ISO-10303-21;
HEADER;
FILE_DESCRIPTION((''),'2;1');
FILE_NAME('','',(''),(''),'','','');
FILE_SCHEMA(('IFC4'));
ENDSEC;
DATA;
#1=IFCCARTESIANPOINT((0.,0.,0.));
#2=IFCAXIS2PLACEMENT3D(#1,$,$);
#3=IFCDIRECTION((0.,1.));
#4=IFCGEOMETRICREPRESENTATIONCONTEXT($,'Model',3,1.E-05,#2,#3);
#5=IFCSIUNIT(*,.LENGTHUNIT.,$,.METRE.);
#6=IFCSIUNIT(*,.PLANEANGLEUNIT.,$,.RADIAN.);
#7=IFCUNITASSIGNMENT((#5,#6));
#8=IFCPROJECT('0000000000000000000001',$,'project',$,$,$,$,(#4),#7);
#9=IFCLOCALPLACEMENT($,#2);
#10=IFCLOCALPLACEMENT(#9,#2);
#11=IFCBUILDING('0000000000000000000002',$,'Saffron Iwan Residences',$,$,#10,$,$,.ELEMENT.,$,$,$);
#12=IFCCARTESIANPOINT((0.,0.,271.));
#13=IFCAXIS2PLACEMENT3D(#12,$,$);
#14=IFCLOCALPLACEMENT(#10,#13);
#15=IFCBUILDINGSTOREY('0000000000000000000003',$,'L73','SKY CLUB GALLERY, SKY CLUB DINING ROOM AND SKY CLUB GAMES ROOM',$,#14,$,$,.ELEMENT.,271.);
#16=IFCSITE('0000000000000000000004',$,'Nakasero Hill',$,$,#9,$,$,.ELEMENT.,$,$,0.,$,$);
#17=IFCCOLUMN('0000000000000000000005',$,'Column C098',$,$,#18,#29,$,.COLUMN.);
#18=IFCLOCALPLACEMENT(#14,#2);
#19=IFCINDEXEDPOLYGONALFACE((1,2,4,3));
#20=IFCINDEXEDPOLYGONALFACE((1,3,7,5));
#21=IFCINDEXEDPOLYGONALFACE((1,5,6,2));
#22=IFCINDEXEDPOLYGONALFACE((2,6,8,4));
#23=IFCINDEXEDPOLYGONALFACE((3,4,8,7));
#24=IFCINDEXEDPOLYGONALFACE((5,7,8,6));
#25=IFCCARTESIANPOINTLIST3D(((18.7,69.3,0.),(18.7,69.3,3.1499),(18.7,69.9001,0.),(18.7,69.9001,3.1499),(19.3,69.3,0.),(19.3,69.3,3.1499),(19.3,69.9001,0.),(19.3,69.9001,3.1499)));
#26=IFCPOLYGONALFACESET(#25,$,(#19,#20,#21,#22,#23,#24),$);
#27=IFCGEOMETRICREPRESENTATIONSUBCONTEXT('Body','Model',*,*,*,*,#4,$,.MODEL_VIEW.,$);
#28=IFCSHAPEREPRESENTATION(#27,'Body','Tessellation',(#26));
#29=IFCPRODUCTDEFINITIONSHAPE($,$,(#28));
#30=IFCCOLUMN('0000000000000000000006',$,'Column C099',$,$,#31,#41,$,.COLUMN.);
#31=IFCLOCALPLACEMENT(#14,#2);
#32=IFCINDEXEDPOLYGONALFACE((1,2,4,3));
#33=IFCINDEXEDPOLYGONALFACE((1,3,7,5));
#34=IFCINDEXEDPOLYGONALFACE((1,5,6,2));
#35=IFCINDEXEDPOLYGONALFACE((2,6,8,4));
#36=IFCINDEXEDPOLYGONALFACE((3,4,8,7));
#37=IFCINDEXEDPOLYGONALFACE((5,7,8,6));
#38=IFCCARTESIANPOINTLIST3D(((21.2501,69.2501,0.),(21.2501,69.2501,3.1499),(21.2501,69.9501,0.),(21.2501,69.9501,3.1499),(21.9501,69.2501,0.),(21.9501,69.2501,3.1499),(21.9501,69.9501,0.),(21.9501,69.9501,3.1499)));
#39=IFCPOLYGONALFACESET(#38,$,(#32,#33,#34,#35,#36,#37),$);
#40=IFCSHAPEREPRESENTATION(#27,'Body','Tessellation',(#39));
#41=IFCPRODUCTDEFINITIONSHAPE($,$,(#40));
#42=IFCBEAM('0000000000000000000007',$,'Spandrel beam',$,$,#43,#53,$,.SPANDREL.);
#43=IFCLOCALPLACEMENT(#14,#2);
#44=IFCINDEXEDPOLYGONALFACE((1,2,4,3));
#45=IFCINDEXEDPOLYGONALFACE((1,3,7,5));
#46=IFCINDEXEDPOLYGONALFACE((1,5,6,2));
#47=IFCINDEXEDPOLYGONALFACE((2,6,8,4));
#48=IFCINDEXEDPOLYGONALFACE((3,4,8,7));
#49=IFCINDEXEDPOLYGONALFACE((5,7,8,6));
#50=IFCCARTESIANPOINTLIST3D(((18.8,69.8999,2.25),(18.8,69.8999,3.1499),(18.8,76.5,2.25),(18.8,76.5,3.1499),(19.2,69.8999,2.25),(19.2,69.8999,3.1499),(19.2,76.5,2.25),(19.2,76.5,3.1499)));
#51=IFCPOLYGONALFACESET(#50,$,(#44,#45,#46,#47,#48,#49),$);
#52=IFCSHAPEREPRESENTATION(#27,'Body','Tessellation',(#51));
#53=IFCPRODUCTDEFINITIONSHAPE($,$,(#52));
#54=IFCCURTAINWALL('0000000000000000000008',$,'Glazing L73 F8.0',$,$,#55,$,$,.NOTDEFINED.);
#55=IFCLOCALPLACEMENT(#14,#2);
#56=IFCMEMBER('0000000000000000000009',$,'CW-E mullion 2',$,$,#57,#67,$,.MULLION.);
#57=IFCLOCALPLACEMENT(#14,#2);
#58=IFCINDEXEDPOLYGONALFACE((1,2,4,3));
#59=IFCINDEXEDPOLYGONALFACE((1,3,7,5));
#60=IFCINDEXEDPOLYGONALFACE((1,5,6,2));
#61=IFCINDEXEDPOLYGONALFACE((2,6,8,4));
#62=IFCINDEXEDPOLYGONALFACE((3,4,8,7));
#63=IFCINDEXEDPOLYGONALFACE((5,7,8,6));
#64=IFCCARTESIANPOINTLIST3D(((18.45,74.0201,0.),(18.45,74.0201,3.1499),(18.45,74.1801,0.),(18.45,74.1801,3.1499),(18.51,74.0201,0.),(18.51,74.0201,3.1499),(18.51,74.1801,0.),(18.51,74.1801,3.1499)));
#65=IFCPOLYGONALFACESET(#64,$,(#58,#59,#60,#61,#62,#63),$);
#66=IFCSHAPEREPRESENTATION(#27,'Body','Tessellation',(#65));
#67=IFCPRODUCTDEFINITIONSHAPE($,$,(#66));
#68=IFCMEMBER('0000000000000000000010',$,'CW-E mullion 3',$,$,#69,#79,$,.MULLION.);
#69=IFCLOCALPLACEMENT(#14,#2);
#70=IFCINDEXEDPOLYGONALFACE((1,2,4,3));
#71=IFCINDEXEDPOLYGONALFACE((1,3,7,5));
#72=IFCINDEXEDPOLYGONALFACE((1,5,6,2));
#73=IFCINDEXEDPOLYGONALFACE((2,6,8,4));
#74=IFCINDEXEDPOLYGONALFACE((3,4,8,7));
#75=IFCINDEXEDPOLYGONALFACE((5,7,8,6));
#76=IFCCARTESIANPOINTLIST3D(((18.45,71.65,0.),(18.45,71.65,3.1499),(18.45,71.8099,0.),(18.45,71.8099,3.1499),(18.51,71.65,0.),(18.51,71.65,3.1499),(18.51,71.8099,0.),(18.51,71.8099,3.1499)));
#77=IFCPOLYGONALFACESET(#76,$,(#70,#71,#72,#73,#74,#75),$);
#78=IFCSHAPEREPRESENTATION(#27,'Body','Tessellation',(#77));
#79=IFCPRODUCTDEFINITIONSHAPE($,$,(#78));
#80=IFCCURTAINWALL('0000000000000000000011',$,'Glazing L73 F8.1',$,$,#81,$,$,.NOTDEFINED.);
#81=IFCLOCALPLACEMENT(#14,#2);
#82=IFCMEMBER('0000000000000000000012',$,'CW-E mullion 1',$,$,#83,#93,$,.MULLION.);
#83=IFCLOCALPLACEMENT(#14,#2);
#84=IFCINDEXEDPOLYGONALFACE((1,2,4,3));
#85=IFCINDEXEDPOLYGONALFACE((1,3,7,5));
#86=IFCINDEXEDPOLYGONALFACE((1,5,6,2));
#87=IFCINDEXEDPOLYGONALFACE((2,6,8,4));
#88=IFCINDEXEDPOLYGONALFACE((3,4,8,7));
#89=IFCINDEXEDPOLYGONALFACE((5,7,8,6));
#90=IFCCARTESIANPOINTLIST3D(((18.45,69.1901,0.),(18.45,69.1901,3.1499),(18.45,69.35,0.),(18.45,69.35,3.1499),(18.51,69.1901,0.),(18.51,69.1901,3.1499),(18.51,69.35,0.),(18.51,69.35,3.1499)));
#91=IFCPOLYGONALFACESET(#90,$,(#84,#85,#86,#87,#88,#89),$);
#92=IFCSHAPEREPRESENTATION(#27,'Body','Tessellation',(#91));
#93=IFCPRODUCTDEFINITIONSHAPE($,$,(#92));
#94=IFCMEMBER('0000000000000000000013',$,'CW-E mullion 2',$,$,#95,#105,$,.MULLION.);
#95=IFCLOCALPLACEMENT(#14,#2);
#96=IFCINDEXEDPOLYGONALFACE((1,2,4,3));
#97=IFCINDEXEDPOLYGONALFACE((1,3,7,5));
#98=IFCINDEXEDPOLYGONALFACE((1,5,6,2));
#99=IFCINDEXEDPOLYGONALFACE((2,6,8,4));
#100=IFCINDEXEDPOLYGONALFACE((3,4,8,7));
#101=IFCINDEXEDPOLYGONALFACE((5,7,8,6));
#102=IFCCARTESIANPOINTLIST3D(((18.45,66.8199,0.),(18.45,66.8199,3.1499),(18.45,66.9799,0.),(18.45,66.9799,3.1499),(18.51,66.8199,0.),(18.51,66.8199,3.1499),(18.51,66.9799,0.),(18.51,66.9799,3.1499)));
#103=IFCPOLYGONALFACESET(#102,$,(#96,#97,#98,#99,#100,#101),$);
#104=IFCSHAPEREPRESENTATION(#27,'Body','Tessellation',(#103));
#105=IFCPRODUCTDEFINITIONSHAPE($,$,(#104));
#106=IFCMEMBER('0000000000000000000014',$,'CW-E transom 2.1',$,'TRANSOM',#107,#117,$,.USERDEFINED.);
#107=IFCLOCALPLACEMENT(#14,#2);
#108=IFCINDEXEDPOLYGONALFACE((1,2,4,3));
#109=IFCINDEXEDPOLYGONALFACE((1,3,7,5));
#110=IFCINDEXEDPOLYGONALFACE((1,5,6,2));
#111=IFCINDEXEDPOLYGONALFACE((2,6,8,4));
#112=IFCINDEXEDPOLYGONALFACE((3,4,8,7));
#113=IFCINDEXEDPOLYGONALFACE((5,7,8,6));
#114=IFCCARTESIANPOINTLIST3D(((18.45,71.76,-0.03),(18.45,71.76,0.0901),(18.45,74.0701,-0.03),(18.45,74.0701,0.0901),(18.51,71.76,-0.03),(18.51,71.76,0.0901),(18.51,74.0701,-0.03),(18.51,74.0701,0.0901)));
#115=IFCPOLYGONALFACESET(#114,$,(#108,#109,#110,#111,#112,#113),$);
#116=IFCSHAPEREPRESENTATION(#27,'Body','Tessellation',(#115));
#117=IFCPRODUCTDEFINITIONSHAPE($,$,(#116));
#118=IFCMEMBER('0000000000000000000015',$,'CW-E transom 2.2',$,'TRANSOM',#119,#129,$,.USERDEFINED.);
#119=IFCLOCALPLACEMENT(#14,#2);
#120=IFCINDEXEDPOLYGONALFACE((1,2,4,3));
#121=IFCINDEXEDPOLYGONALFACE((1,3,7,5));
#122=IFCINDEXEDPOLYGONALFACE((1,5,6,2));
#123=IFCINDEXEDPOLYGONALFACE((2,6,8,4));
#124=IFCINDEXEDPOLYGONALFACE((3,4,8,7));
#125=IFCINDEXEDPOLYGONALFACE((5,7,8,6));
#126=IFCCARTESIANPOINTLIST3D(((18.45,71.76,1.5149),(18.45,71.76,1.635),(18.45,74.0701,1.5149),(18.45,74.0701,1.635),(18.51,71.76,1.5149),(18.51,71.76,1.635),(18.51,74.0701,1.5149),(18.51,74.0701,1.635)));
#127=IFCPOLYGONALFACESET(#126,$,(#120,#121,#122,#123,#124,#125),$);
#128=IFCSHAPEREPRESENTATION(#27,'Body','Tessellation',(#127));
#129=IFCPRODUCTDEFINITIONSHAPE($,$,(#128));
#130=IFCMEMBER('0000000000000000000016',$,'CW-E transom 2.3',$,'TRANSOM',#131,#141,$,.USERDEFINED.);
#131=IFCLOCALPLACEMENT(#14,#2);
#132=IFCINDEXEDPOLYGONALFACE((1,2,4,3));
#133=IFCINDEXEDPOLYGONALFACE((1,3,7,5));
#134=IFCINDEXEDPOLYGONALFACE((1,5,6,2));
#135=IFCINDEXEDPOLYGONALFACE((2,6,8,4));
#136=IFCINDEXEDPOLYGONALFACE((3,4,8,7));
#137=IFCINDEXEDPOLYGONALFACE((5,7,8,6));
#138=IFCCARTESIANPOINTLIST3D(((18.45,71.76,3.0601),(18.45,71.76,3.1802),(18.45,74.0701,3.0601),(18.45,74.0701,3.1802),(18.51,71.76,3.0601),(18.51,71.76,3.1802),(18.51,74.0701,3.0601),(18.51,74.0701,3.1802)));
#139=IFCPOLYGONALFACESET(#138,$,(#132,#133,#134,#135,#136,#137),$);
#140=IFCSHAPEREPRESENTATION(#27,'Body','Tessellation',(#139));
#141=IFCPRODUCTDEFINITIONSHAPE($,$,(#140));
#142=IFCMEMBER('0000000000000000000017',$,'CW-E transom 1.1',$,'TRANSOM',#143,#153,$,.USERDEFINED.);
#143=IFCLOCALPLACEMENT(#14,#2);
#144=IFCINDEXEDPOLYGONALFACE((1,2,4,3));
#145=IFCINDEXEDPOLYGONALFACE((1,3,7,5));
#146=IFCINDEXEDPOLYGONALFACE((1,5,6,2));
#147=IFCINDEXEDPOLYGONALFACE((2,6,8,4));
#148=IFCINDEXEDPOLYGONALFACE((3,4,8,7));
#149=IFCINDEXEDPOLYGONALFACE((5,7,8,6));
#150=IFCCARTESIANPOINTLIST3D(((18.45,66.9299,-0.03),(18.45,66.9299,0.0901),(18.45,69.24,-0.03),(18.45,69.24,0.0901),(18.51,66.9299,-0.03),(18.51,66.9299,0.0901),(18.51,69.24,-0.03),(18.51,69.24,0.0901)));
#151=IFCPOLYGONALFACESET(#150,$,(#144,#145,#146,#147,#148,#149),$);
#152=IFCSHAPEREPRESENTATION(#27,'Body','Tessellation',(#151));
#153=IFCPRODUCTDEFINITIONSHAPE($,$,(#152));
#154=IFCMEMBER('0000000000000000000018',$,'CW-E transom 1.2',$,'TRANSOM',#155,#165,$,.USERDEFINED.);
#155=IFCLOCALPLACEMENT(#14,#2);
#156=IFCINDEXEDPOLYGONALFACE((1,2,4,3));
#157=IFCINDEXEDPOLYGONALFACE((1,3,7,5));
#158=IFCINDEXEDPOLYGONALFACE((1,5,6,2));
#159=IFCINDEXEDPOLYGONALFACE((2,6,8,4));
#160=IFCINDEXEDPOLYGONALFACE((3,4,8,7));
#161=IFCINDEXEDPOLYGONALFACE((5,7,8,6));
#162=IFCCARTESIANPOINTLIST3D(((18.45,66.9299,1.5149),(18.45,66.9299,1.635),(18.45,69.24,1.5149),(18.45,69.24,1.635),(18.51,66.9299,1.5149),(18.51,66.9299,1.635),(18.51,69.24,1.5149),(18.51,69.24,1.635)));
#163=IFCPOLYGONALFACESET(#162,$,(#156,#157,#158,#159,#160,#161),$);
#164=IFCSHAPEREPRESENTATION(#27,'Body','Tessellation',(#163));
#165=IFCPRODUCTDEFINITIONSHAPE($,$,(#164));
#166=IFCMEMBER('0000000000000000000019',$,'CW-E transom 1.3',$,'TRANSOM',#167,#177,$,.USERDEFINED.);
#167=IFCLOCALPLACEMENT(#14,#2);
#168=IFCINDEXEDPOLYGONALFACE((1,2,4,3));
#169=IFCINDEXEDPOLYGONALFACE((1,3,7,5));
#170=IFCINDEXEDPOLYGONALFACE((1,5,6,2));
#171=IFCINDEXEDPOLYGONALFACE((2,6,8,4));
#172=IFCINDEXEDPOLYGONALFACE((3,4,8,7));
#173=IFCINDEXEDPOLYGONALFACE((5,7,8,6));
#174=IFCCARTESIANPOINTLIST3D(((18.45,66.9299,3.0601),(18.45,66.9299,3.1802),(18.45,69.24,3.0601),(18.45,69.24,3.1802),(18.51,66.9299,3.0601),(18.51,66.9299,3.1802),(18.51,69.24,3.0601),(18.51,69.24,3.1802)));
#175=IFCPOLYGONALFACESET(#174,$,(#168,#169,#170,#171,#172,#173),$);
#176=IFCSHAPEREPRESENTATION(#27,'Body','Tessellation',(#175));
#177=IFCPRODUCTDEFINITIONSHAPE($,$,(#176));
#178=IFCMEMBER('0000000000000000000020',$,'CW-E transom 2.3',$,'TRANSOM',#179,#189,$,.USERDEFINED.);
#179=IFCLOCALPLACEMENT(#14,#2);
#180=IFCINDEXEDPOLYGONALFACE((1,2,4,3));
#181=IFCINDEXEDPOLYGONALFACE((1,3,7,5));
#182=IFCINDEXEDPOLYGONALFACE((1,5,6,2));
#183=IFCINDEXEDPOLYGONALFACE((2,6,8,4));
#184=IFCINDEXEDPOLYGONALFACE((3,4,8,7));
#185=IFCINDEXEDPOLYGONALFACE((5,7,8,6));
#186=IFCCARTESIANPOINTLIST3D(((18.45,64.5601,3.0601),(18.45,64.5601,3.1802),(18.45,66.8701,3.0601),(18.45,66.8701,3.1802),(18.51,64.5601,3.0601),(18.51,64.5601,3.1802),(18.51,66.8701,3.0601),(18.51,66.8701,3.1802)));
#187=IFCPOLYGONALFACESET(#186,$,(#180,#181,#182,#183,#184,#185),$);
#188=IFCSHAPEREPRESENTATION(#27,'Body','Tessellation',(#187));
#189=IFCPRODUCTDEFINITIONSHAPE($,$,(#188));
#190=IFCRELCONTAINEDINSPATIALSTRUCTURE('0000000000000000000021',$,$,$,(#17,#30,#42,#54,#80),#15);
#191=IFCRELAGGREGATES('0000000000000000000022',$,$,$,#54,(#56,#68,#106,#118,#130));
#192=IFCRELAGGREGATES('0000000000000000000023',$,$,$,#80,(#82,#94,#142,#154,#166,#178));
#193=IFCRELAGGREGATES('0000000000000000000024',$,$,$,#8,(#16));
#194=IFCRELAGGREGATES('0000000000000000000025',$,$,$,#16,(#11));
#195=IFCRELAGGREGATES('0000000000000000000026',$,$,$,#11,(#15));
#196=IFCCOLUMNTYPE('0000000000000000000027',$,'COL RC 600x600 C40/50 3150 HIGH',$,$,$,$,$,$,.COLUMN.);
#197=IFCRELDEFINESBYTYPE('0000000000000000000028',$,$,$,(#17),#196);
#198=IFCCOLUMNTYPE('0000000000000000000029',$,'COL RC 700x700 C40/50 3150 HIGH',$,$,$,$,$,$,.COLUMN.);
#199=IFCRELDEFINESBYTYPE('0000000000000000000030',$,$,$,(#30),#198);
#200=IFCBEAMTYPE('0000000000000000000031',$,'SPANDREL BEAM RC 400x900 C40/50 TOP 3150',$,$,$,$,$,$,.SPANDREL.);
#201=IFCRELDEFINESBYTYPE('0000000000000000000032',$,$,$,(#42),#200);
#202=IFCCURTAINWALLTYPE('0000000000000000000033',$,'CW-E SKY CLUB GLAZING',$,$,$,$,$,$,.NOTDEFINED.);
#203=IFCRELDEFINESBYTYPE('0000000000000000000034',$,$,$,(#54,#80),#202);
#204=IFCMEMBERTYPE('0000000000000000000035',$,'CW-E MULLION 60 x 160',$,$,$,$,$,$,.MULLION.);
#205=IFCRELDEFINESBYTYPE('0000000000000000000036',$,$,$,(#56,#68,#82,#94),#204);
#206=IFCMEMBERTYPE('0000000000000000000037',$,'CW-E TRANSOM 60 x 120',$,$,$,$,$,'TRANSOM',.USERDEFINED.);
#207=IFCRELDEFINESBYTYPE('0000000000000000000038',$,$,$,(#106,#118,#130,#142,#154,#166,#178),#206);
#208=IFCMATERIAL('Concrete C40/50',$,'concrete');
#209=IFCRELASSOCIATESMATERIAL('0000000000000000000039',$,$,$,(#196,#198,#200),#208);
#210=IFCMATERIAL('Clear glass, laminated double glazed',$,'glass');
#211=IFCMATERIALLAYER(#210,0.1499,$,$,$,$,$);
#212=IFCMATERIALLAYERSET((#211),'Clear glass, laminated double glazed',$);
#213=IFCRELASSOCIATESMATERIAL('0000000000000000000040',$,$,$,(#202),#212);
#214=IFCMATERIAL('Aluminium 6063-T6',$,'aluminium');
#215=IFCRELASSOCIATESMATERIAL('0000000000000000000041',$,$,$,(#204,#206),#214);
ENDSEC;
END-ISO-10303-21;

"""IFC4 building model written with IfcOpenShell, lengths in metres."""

from ifc_helpers import new_model, si_unit, direction, frame, origin, origin_2d, place, context, subcontext, project, spatial, rectangle, extrude, source, transform, mapped, material, layer, layer_set, material_profile, profile_set, type_object, element, aggregate, save


model = new_model("IFC4")

# Units and contexts
model_context = context("Model", 3, precision=1e-05, world=origin(), true_north=direction((0.0, 1.0)))
body_context = subcontext(model_context, "Body", "Model", "MODEL_VIEW")
ifc_project = project(units=[si_unit("LENGTHUNIT", "METRE"), si_unit("PLANEANGLEUNIT", "RADIAN")], contexts=[model_context])

# Site, building, storey
site_placement = place(None, origin())
site = spatial("IfcSite", under=ifc_project, at=site_placement, Name="Nakasero Hill", CompositionType="ELEMENT", RefElevation=0.0)
building_placement = place(site_placement, origin())
building = spatial("IfcBuilding", under=site, at=building_placement, Name="Saffron Iwan Residences", CompositionType="ELEMENT")
storey_placement = place(building_placement, frame((0.0, 0.0, 271.0)))
storey = spatial("IfcBuildingStorey", under=building, at=storey_placement, Name="L73", Description="SKY CLUB GALLERY, SKY CLUB DINING ROOM AND SKY CLUB GAMES ROOM", CompositionType="ELEMENT", Elevation=271.0)

# Columns
ifc_material_1 = material(Name="Concrete C40/50", Category="concrete")
ifc_material_profile_1 = material_profile(ifc_material_1, rectangle(XDim=0.6001, YDim=0.6001, at=origin_2d()), Name="RC 600x600")
ifc_profile_set_1 = profile_set([ifc_material_profile_1], Name="Concrete C40/50")
column_type_1 = type_object("IfcColumnType", Name="COL RC 600x600 C40/50 3150 HIGH", PredefinedType="COLUMN", material=ifc_profile_set_1)
shared_shape_1 = source(origin(), body_context, "Body", "SweptSolid", [
    extrude(rectangle(XDim=0.6001, YDim=0.6001, at=origin_2d()), origin(), (0.0, 0.0, 1.0), 3.1499),
])
column_1_placement = place(storey_placement, frame((19.0, 69.6001, 0.0), z_axis=(0.0, 0.0, 1.0), x_axis=(1.0, 0.0, 0.0)))
element("IfcColumn", 1, at=column_1_placement, inside=storey, type_object=column_type_1, Name="Column C098", PredefinedType="COLUMN", context=body_context, shape_type="MappedRepresentation", body=[
    mapped(shared_shape_1, transform((0.0, 0.0, 0.0))),
])
ifc_material_profile_2 = material_profile(ifc_material_1, rectangle(XDim=0.7, YDim=0.7, at=origin_2d()), Name="RC 700x700")
ifc_profile_set_2 = profile_set([ifc_material_profile_2], Name="Concrete C40/50")
column_type_2 = type_object("IfcColumnType", Name="COL RC 700x700 C40/50 3150 HIGH", PredefinedType="COLUMN", material=ifc_profile_set_2)
shared_shape_2 = source(origin(), body_context, "Body", "SweptSolid", [
    extrude(rectangle(XDim=0.7, YDim=0.7, at=origin_2d()), origin(), (0.0, 0.0, 1.0), 3.1499),
])
column_2_placement = place(storey_placement, frame((21.6001, 69.6001, 0.0), z_axis=(0.0, 0.0, 1.0), x_axis=(1.0, 0.0, 0.0)))
element("IfcColumn", 2, at=column_2_placement, inside=storey, type_object=column_type_2, Name="Column C099", PredefinedType="COLUMN", context=body_context, shape_type="MappedRepresentation", body=[
    mapped(shared_shape_2, transform((0.0, 0.0, 0.0))),
])

# Beam
ifc_material_profile_3 = material_profile(ifc_material_1, rectangle(XDim=0.3999, YDim=0.8999, at=origin_2d()), Name="RC 400x900")
ifc_profile_set_3 = profile_set([ifc_material_profile_3], Name="Concrete C40/50")
beam_type = type_object("IfcBeamType", Name="SPANDREL BEAM RC 400x900 C40/50 TOP 3150", PredefinedType="SPANDREL", material=ifc_profile_set_3)
shared_shape_3 = source(origin(), body_context, "Body", "SweptSolid", [
    extrude(rectangle(XDim=0.3999, YDim=0.8999, at=origin_2d()), origin(), (0.0, 0.0, 1.0), 6.6001),
])
beam_placement = place(storey_placement, frame((19.0, 69.8999, 2.7), z_axis=(0.0, 1.0, 0.0), x_axis=(-1.0, 0.0, 0.0)))
element("IfcBeam", 3, at=beam_placement, inside=storey, type_object=beam_type, Name="Spandrel beam", PredefinedType="SPANDREL", context=body_context, shape_type="MappedRepresentation", body=[
    mapped(shared_shape_3, transform((0.0, 0.0, 0.0))),
])

# Curtain walls, members
ifc_material_2 = material(Name="Clear glass, laminated double glazed", Category="glass")
ifc_layer_1 = layer(ifc_material_2, 0.1499)
ifc_layer_set_1 = layer_set([ifc_layer_1], Name="Clear glass, laminated double glazed")
curtain_wall_type = type_object("IfcCurtainWallType", Name="CW-E SKY CLUB GLAZING", PredefinedType="NOTDEFINED", material=ifc_layer_set_1)
curtain_wall_1_placement = place(storey_placement, origin())
curtain_wall_1 = element("IfcCurtainWall", 4, at=curtain_wall_1_placement, inside=storey, type_object=curtain_wall_type, Name="Glazing L73 F8.0", PredefinedType="NOTDEFINED")
ifc_material_3 = material(Name="Aluminium 6063-T6", Category="aluminium")
ifc_material_profile_4 = material_profile(ifc_material_3, rectangle(XDim=0.0601, YDim=0.1599, at=origin_2d()), Name="CW-E MULLION 60 x 160")
ifc_profile_set_4 = profile_set([ifc_material_profile_4], Name="Aluminium 6063-T6")
member_type_1 = type_object("IfcMemberType", Name="CW-E MULLION 60 x 160", PredefinedType="MULLION", material=ifc_profile_set_4)
shared_shape_4 = source(origin(), body_context, "Body", "SweptSolid", [
    extrude(rectangle(XDim=0.0601, YDim=0.1599, at=origin_2d()), origin(), (0.0, 0.0, 1.0), 3.1499),
])
member_1_placement = place(storey_placement, frame((18.48, 74.1001, 0.0), z_axis=(0.0, 0.0, 1.0), x_axis=(1.0, 0.0, 0.0)))
member_1 = element("IfcMember", 5, at=member_1_placement, type_object=member_type_1, Name="CW-E mullion 2", PredefinedType="MULLION", context=body_context, shape_type="MappedRepresentation", body=[
    mapped(shared_shape_4, transform((0.0, 0.0, 0.0))),
])
member_2_placement = place(storey_placement, frame((18.48, 71.73, 0.0), z_axis=(0.0, 0.0, 1.0), x_axis=(1.0, 0.0, 0.0)))
member_2 = element("IfcMember", 6, at=member_2_placement, type_object=member_type_1, Name="CW-E mullion 3", PredefinedType="MULLION", context=body_context, shape_type="MappedRepresentation", body=[
    mapped(shared_shape_4, transform((0.0, 0.0, 0.0))),
])
curtain_wall_2_placement = place(storey_placement, origin())
curtain_wall_2 = element("IfcCurtainWall", 7, at=curtain_wall_2_placement, inside=storey, type_object=curtain_wall_type, Name="Glazing L73 F8.1", PredefinedType="NOTDEFINED")
member_3_placement = place(storey_placement, frame((18.48, 69.27, 0.0), z_axis=(0.0, 0.0, 1.0), x_axis=(1.0, 0.0, 0.0)))
member_3 = element("IfcMember", 8, at=member_3_placement, type_object=member_type_1, Name="CW-E mullion 1", PredefinedType="MULLION", context=body_context, shape_type="MappedRepresentation", body=[
    mapped(shared_shape_4, transform((0.0, 0.0, 0.0))),
])
member_4_placement = place(storey_placement, frame((18.48, 66.8999, 0.0), z_axis=(0.0, 0.0, 1.0), x_axis=(1.0, 0.0, 0.0)))
member_4 = element("IfcMember", 9, at=member_4_placement, type_object=member_type_1, Name="CW-E mullion 2", PredefinedType="MULLION", context=body_context, shape_type="MappedRepresentation", body=[
    mapped(shared_shape_4, transform((0.0, 0.0, 0.0))),
])

# Members
ifc_material_profile_5 = material_profile(ifc_material_3, rectangle(XDim=0.0601, YDim=0.1201, at=origin_2d()), Name="CW-E TRANSOM 60 x 120")
ifc_profile_set_5 = profile_set([ifc_material_profile_5], Name="Aluminium 6063-T6")
member_type_2 = type_object("IfcMemberType", Name="CW-E TRANSOM 60 x 120", ElementType="TRANSOM", PredefinedType="USERDEFINED", material=ifc_profile_set_5)
shared_shape_5 = source(origin(), body_context, "Body", "SweptSolid", [
    extrude(rectangle(XDim=0.0601, YDim=0.1201, at=origin_2d()), origin(), (0.0, 0.0, 1.0), 2.3101),
])
member_5_placement = place(storey_placement, frame((18.48, 74.0701, 0.03), z_axis=(0.0, -1.0, 0.0), x_axis=(1.0, 0.0, 0.0)))
member_5 = element("IfcMember", 10, at=member_5_placement, type_object=member_type_2, Name="CW-E transom 2.1", ObjectType="TRANSOM", PredefinedType="USERDEFINED", context=body_context, shape_type="MappedRepresentation", body=[
    mapped(shared_shape_5, transform((0.0, 0.0, 0.0))),
])
member_6_placement = place(storey_placement, frame((18.48, 74.0701, 1.575), z_axis=(0.0, -1.0, 0.0), x_axis=(1.0, 0.0, 0.0)))
member_6 = element("IfcMember", 11, at=member_6_placement, type_object=member_type_2, Name="CW-E transom 2.2", ObjectType="TRANSOM", PredefinedType="USERDEFINED", context=body_context, shape_type="MappedRepresentation", body=[
    mapped(shared_shape_5, transform((0.0, 0.0, 0.0))),
])
member_7_placement = place(storey_placement, frame((18.48, 74.0701, 3.1201), z_axis=(0.0, -1.0, 0.0), x_axis=(1.0, 0.0, 0.0)))
member_7 = element("IfcMember", 12, at=member_7_placement, type_object=member_type_2, Name="CW-E transom 2.3", ObjectType="TRANSOM", PredefinedType="USERDEFINED", context=body_context, shape_type="MappedRepresentation", body=[
    mapped(shared_shape_5, transform((0.0, 0.0, 0.0))),
])
member_8_placement = place(storey_placement, frame((18.48, 69.24, 0.03), z_axis=(0.0, -1.0, 0.0), x_axis=(1.0, 0.0, 0.0)))
member_8 = element("IfcMember", 13, at=member_8_placement, type_object=member_type_2, Name="CW-E transom 1.1", ObjectType="TRANSOM", PredefinedType="USERDEFINED", context=body_context, shape_type="MappedRepresentation", body=[
    mapped(shared_shape_5, transform((0.0, 0.0, 0.0))),
])
member_9_placement = place(storey_placement, frame((18.48, 69.24, 1.575), z_axis=(0.0, -1.0, 0.0), x_axis=(1.0, 0.0, 0.0)))
member_9 = element("IfcMember", 14, at=member_9_placement, type_object=member_type_2, Name="CW-E transom 1.2", ObjectType="TRANSOM", PredefinedType="USERDEFINED", context=body_context, shape_type="MappedRepresentation", body=[
    mapped(shared_shape_5, transform((0.0, 0.0, 0.0))),
])
member_10_placement = place(storey_placement, frame((18.48, 69.24, 3.1201), z_axis=(0.0, -1.0, 0.0), x_axis=(1.0, 0.0, 0.0)))
member_10 = element("IfcMember", 15, at=member_10_placement, type_object=member_type_2, Name="CW-E transom 1.3", ObjectType="TRANSOM", PredefinedType="USERDEFINED", context=body_context, shape_type="MappedRepresentation", body=[
    mapped(shared_shape_5, transform((0.0, 0.0, 0.0))),
])
member_11_placement = place(storey_placement, frame((18.48, 66.8701, 3.1201), z_axis=(0.0, -1.0, 0.0), x_axis=(1.0, 0.0, 0.0)))
member_11 = element("IfcMember", 16, at=member_11_placement, type_object=member_type_2, Name="CW-E transom 2.3", ObjectType="TRANSOM", PredefinedType="USERDEFINED", context=body_context, shape_type="MappedRepresentation", body=[
    mapped(shared_shape_5, transform((0.0, 0.0, 0.0))),
])

aggregate(curtain_wall_1, [member_1, member_2, member_5, member_6, member_7])
aggregate(curtain_wall_2, [member_3, member_4, member_8, member_9, member_10, member_11])

save(model, "model.ifc")
